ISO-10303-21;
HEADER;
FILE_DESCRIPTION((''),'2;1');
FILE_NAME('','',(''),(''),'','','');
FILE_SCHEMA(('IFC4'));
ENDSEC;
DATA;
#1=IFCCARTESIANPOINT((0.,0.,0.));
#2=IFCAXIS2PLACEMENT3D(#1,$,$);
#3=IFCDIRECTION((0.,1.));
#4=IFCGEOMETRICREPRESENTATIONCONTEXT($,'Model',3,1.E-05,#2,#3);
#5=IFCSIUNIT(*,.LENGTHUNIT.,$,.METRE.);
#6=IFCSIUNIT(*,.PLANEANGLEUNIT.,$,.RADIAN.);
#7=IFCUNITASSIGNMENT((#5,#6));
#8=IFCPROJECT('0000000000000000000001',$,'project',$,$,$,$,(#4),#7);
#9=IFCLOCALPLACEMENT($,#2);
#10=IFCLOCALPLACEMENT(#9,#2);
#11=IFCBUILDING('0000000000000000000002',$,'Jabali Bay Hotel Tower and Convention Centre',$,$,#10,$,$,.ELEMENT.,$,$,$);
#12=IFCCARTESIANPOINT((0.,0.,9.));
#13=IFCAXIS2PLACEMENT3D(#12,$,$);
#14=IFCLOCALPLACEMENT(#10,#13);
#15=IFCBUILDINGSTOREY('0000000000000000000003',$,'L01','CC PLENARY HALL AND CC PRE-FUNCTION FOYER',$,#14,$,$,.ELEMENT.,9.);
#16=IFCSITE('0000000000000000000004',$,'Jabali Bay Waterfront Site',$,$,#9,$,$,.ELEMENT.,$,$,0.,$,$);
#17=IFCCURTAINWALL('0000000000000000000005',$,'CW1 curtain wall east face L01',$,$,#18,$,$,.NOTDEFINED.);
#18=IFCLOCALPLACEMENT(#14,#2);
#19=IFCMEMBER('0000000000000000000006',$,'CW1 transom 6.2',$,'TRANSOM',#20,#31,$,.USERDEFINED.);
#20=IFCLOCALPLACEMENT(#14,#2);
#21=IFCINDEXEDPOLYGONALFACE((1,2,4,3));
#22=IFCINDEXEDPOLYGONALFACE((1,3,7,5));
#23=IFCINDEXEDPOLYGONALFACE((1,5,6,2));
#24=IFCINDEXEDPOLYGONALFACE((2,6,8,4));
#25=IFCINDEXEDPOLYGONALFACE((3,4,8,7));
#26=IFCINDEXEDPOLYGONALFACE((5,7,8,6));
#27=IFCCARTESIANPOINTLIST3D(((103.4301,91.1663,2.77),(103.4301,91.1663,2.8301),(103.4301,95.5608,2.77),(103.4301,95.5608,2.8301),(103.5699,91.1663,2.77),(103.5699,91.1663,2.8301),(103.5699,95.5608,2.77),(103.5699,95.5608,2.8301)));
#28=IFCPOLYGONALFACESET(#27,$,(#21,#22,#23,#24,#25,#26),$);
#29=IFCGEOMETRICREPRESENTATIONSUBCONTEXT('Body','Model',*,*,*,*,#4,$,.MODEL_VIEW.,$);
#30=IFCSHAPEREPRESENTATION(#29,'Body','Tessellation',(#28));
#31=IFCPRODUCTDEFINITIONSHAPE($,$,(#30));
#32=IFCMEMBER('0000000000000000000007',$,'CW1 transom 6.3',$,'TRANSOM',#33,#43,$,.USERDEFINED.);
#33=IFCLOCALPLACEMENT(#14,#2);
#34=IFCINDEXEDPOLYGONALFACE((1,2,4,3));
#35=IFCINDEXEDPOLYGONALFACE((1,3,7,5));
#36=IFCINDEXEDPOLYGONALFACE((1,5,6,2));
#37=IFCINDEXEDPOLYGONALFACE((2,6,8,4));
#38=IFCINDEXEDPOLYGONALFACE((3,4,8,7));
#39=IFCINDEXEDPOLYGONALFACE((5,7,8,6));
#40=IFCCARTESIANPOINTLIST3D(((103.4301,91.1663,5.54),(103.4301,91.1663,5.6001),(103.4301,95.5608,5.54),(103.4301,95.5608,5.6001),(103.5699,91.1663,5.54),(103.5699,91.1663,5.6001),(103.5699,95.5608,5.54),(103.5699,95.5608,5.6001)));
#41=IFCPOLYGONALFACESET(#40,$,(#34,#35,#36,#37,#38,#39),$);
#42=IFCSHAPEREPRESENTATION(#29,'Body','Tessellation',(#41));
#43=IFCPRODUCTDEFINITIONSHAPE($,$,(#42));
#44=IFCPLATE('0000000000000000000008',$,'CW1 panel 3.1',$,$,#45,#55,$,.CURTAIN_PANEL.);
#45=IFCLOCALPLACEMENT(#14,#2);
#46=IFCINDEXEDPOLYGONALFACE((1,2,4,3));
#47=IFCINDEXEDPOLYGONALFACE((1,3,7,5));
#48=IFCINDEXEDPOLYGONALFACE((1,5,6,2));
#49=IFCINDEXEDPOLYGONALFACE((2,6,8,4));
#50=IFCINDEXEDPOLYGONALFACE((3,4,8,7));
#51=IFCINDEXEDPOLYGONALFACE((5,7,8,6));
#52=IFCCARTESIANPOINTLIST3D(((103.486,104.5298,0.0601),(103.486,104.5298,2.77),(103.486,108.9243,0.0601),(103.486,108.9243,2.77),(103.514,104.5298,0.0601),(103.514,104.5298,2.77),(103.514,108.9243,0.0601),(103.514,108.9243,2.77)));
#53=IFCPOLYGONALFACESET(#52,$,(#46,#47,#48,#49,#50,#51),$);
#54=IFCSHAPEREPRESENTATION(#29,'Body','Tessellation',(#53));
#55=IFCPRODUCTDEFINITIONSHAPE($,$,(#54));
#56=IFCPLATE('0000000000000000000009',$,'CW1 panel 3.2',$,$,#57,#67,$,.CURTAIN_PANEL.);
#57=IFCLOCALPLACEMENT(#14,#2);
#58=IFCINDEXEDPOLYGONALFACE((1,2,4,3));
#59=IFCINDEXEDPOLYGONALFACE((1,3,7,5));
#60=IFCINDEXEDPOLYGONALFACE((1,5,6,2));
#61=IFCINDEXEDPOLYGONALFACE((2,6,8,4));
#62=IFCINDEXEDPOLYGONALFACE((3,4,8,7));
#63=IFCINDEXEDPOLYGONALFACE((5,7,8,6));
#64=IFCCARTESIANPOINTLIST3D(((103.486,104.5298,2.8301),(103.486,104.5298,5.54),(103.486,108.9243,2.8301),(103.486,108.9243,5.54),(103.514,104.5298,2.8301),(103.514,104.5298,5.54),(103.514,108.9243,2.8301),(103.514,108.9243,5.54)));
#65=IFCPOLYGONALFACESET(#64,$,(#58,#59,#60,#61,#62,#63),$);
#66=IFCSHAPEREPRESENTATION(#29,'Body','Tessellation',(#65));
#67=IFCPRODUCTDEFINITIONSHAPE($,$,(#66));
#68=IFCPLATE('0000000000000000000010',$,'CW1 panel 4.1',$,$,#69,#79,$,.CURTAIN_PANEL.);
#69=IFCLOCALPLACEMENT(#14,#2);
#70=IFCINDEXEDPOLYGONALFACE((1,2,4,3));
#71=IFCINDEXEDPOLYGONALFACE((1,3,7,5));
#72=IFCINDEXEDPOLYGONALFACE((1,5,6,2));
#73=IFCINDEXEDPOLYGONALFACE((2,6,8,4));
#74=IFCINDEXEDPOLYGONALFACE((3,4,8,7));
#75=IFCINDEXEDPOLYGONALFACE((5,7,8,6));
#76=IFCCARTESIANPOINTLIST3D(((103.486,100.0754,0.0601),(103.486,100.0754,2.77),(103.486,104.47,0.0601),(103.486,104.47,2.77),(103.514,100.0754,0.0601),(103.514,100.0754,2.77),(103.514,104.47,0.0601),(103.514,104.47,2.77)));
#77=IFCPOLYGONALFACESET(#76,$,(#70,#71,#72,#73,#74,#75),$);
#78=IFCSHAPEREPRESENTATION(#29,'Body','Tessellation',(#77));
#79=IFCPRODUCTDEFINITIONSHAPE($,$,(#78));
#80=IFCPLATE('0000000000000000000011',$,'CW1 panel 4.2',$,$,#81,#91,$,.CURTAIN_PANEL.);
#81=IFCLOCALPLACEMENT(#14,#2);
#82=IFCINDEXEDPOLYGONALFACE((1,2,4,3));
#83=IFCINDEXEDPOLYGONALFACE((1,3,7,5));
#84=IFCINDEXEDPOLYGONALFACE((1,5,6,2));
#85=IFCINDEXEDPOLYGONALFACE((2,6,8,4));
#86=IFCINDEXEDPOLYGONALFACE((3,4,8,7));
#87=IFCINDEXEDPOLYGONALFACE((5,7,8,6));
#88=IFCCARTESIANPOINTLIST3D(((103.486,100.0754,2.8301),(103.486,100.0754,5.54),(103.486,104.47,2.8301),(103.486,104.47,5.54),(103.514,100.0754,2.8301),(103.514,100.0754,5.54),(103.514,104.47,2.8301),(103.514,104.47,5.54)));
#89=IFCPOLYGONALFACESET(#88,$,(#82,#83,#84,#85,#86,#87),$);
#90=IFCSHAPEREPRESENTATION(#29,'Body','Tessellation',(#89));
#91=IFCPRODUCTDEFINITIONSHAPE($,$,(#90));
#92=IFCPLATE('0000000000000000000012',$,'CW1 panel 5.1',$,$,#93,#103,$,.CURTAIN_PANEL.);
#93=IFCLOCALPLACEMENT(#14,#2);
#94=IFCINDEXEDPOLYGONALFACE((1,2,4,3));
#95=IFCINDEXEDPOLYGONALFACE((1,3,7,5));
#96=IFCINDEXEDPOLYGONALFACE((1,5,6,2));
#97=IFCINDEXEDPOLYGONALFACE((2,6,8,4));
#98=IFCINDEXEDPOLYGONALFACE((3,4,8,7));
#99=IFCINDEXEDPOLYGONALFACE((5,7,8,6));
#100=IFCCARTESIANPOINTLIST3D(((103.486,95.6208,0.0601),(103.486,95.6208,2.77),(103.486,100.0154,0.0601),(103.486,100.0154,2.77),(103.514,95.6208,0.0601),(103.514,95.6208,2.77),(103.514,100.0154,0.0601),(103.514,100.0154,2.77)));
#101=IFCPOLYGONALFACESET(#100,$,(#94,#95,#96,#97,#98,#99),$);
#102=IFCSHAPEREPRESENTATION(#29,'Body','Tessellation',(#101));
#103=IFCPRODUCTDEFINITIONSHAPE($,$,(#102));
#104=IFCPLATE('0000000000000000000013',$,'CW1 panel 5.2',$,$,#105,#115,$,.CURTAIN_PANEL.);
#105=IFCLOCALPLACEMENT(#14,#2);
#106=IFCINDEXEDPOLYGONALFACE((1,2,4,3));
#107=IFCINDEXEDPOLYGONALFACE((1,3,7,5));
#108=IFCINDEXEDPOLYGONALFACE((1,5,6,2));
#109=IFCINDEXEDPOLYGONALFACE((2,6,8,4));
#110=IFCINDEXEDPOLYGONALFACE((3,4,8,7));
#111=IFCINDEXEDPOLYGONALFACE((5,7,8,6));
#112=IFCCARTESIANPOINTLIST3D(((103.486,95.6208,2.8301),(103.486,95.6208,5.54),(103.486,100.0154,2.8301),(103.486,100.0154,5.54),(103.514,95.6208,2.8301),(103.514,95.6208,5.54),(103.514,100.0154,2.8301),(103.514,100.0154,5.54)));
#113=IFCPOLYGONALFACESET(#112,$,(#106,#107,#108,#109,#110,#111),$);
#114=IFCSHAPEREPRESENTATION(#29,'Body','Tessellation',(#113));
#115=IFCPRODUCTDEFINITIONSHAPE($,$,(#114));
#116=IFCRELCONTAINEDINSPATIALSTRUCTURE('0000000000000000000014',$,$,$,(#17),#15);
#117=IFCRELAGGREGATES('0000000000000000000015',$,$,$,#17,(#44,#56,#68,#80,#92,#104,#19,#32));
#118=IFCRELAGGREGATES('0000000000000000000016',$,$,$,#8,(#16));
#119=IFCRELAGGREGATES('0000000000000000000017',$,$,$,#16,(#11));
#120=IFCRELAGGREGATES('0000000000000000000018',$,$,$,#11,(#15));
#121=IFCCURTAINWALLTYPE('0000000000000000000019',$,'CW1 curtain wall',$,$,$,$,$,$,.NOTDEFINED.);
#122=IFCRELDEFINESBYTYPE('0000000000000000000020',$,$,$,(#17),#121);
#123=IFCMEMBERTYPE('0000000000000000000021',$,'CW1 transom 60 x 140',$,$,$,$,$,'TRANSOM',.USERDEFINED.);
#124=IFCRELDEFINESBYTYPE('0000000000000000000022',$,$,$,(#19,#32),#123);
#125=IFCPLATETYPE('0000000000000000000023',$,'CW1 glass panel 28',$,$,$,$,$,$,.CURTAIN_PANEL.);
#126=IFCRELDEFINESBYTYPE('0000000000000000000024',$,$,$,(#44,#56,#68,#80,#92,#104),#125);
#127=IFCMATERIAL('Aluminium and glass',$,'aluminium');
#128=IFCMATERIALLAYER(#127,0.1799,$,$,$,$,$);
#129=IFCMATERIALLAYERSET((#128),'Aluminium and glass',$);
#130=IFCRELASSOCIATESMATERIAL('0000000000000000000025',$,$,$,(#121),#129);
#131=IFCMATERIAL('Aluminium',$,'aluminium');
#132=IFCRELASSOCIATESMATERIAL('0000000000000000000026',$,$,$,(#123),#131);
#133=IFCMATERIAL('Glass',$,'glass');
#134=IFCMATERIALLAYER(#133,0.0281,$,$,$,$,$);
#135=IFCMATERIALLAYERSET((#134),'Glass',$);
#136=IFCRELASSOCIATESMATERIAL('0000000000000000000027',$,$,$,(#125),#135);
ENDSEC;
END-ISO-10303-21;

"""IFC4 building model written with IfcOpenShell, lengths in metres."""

from ifc_helpers import new_model, si_unit, direction, frame, origin, origin_2d, place, context, subcontext, project, spatial, rectangle, extrude, material, layer, layer_set, material_profile, profile_set, type_object, element, aggregate, save


model = new_model("IFC4")

# Units and contexts
model_context = context("Model", 3, precision=1e-05, world=origin(), true_north=direction((0.0, 1.0)))
body_context = subcontext(model_context, "Body", "Model", "MODEL_VIEW")
ifc_project = project(units=[si_unit("LENGTHUNIT", "METRE"), si_unit("PLANEANGLEUNIT", "RADIAN")], contexts=[model_context])

# Site, building, storey
site_placement = place(None, origin())
site = spatial("IfcSite", under=ifc_project, at=site_placement, Name="Jabali Bay Waterfront Site", CompositionType="ELEMENT", RefElevation=0.0)
building_placement = place(site_placement, origin())
building = spatial("IfcBuilding", under=site, at=building_placement, Name="Jabali Bay Hotel Tower and Convention Centre", CompositionType="ELEMENT")
storey_placement = place(building_placement, frame((0.0, 0.0, 9.0)))
storey = spatial("IfcBuildingStorey", under=building, at=storey_placement, Name="L01", Description="CC PLENARY HALL AND CC PRE-FUNCTION FOYER", CompositionType="ELEMENT", Elevation=9.0)

# Curtain wall, members, plates
ifc_material_1 = material(Name="Aluminium and glass", Category="aluminium")
ifc_layer_1 = layer(ifc_material_1, 0.1799)
ifc_layer_set_1 = layer_set([ifc_layer_1], Name="Aluminium and glass")
curtain_wall_type = type_object("IfcCurtainWallType", Name="CW1 curtain wall", PredefinedType="NOTDEFINED", material=ifc_layer_set_1)
curtain_wall_placement = place(storey_placement, origin())
curtain_wall = element("IfcCurtainWall", 1, at=curtain_wall_placement, inside=storey, type_object=curtain_wall_type, Name="CW1 curtain wall east face L01", PredefinedType="NOTDEFINED")
ifc_material_2 = material(Name="Aluminium", Category="aluminium")
ifc_material_profile_1 = material_profile(ifc_material_2, rectangle(XDim=0.1399, YDim=0.0601, at=origin_2d()), Name="CW1 transom 60 x 140")
ifc_profile_set_1 = profile_set([ifc_material_profile_1], Name="Aluminium")
member_type_1 = type_object("IfcMemberType", Name="CW1 transom 60 x 140", ElementType="TRANSOM", PredefinedType="USERDEFINED", material=ifc_profile_set_1)
member_1_placement = place(storey_placement, frame((103.5, 95.5608, 2.8), z_axis=(0.0, -1.0, 0.0), x_axis=(1.0, 0.0, 0.0)))
member_1 = element("IfcMember", 2, at=member_1_placement, type_object=member_type_1, Name="CW1 transom 6.2", ObjectType="TRANSOM", PredefinedType="USERDEFINED", context=body_context, shape_type="SweptSolid", body=[
    extrude(rectangle(XDim=0.1399, YDim=0.0601, at=origin_2d()), origin(), (0.0, 0.0, 1.0), 4.3945),
])
member_2_placement = place(storey_placement, frame((103.5, 95.5608, 5.5701), z_axis=(0.0, -1.0, 0.0), x_axis=(1.0, 0.0, 0.0)))
member_2 = element("IfcMember", 3, at=member_2_placement, type_object=member_type_1, Name="CW1 transom 6.3", ObjectType="TRANSOM", PredefinedType="USERDEFINED", context=body_context, shape_type="SweptSolid", body=[
    extrude(rectangle(XDim=0.1399, YDim=0.0601, at=origin_2d()), origin(), (0.0, 0.0, 1.0), 4.3945),
])
ifc_material_3 = material(Name="Glass", Category="glass")
ifc_layer_2 = layer(ifc_material_3, 0.0281)
ifc_layer_set_2 = layer_set([ifc_layer_2], Name="Glass")
plate_type = type_object("IfcPlateType", Name="CW1 glass panel 28", PredefinedType="CURTAIN_PANEL", material=ifc_layer_set_2)
plate_1_placement = place(storey_placement, frame((103.5, 106.7271, 0.0601), z_axis=(0.0, 0.0, 1.0), x_axis=(0.0, -1.0, 0.0)))
plate_1 = element("IfcPlate", 4, at=plate_1_placement, type_object=plate_type, Name="CW1 panel 3.1", PredefinedType="CURTAIN_PANEL", context=body_context, shape_type="SweptSolid", body=[
    extrude(rectangle(XDim=4.3945, YDim=0.0281, at=origin_2d()), origin(), (0.0, 0.0, 1.0), 2.71),
])
plate_2_placement = place(storey_placement, frame((103.5, 106.7271, 2.8301), z_axis=(0.0, 0.0, 1.0), x_axis=(0.0, -1.0, 0.0)))
plate_2 = element("IfcPlate", 5, at=plate_2_placement, type_object=plate_type, Name="CW1 panel 3.2", PredefinedType="CURTAIN_PANEL", context=body_context, shape_type="SweptSolid", body=[
    extrude(rectangle(XDim=4.3945, YDim=0.0281, at=origin_2d()), origin(), (0.0, 0.0, 1.0), 2.71),
])
plate_3_placement = place(storey_placement, frame((103.5, 102.2727, 0.0601), z_axis=(0.0, 0.0, 1.0), x_axis=(0.0, -1.0, 0.0)))
plate_3 = element("IfcPlate", 6, at=plate_3_placement, type_object=plate_type, Name="CW1 panel 4.1", PredefinedType="CURTAIN_PANEL", context=body_context, shape_type="SweptSolid", body=[
    extrude(rectangle(XDim=4.3945, YDim=0.0281, at=origin_2d()), origin(), (0.0, 0.0, 1.0), 2.71),
])
plate_4_placement = place(storey_placement, frame((103.5, 102.2727, 2.8301), z_axis=(0.0, 0.0, 1.0), x_axis=(0.0, -1.0, 0.0)))
plate_4 = element("IfcPlate", 7, at=plate_4_placement, type_object=plate_type, Name="CW1 panel 4.2", PredefinedType="CURTAIN_PANEL", context=body_context, shape_type="SweptSolid", body=[
    extrude(rectangle(XDim=4.3945, YDim=0.0281, at=origin_2d()), origin(), (0.0, 0.0, 1.0), 2.71),
])
plate_5_placement = place(storey_placement, frame((103.5, 97.8181, 0.0601), z_axis=(0.0, 0.0, 1.0), x_axis=(0.0, -1.0, 0.0)))
plate_5 = element("IfcPlate", 8, at=plate_5_placement, type_object=plate_type, Name="CW1 panel 5.1", PredefinedType="CURTAIN_PANEL", context=body_context, shape_type="SweptSolid", body=[
    extrude(rectangle(XDim=4.3945, YDim=0.0281, at=origin_2d()), origin(), (0.0, 0.0, 1.0), 2.71),
])
plate_6_placement = place(storey_placement, frame((103.5, 97.8181, 2.8301), z_axis=(0.0, 0.0, 1.0), x_axis=(0.0, -1.0, 0.0)))
plate_6 = element("IfcPlate", 9, at=plate_6_placement, type_object=plate_type, Name="CW1 panel 5.2", PredefinedType="CURTAIN_PANEL", context=body_context, shape_type="SweptSolid", body=[
    extrude(rectangle(XDim=4.3945, YDim=0.0281, at=origin_2d()), origin(), (0.0, 0.0, 1.0), 2.71),
])
aggregate(curtain_wall, [plate_1, plate_2, plate_3, plate_4, plate_5, plate_6, member_1, member_2])

save(model, "model.ifc")
